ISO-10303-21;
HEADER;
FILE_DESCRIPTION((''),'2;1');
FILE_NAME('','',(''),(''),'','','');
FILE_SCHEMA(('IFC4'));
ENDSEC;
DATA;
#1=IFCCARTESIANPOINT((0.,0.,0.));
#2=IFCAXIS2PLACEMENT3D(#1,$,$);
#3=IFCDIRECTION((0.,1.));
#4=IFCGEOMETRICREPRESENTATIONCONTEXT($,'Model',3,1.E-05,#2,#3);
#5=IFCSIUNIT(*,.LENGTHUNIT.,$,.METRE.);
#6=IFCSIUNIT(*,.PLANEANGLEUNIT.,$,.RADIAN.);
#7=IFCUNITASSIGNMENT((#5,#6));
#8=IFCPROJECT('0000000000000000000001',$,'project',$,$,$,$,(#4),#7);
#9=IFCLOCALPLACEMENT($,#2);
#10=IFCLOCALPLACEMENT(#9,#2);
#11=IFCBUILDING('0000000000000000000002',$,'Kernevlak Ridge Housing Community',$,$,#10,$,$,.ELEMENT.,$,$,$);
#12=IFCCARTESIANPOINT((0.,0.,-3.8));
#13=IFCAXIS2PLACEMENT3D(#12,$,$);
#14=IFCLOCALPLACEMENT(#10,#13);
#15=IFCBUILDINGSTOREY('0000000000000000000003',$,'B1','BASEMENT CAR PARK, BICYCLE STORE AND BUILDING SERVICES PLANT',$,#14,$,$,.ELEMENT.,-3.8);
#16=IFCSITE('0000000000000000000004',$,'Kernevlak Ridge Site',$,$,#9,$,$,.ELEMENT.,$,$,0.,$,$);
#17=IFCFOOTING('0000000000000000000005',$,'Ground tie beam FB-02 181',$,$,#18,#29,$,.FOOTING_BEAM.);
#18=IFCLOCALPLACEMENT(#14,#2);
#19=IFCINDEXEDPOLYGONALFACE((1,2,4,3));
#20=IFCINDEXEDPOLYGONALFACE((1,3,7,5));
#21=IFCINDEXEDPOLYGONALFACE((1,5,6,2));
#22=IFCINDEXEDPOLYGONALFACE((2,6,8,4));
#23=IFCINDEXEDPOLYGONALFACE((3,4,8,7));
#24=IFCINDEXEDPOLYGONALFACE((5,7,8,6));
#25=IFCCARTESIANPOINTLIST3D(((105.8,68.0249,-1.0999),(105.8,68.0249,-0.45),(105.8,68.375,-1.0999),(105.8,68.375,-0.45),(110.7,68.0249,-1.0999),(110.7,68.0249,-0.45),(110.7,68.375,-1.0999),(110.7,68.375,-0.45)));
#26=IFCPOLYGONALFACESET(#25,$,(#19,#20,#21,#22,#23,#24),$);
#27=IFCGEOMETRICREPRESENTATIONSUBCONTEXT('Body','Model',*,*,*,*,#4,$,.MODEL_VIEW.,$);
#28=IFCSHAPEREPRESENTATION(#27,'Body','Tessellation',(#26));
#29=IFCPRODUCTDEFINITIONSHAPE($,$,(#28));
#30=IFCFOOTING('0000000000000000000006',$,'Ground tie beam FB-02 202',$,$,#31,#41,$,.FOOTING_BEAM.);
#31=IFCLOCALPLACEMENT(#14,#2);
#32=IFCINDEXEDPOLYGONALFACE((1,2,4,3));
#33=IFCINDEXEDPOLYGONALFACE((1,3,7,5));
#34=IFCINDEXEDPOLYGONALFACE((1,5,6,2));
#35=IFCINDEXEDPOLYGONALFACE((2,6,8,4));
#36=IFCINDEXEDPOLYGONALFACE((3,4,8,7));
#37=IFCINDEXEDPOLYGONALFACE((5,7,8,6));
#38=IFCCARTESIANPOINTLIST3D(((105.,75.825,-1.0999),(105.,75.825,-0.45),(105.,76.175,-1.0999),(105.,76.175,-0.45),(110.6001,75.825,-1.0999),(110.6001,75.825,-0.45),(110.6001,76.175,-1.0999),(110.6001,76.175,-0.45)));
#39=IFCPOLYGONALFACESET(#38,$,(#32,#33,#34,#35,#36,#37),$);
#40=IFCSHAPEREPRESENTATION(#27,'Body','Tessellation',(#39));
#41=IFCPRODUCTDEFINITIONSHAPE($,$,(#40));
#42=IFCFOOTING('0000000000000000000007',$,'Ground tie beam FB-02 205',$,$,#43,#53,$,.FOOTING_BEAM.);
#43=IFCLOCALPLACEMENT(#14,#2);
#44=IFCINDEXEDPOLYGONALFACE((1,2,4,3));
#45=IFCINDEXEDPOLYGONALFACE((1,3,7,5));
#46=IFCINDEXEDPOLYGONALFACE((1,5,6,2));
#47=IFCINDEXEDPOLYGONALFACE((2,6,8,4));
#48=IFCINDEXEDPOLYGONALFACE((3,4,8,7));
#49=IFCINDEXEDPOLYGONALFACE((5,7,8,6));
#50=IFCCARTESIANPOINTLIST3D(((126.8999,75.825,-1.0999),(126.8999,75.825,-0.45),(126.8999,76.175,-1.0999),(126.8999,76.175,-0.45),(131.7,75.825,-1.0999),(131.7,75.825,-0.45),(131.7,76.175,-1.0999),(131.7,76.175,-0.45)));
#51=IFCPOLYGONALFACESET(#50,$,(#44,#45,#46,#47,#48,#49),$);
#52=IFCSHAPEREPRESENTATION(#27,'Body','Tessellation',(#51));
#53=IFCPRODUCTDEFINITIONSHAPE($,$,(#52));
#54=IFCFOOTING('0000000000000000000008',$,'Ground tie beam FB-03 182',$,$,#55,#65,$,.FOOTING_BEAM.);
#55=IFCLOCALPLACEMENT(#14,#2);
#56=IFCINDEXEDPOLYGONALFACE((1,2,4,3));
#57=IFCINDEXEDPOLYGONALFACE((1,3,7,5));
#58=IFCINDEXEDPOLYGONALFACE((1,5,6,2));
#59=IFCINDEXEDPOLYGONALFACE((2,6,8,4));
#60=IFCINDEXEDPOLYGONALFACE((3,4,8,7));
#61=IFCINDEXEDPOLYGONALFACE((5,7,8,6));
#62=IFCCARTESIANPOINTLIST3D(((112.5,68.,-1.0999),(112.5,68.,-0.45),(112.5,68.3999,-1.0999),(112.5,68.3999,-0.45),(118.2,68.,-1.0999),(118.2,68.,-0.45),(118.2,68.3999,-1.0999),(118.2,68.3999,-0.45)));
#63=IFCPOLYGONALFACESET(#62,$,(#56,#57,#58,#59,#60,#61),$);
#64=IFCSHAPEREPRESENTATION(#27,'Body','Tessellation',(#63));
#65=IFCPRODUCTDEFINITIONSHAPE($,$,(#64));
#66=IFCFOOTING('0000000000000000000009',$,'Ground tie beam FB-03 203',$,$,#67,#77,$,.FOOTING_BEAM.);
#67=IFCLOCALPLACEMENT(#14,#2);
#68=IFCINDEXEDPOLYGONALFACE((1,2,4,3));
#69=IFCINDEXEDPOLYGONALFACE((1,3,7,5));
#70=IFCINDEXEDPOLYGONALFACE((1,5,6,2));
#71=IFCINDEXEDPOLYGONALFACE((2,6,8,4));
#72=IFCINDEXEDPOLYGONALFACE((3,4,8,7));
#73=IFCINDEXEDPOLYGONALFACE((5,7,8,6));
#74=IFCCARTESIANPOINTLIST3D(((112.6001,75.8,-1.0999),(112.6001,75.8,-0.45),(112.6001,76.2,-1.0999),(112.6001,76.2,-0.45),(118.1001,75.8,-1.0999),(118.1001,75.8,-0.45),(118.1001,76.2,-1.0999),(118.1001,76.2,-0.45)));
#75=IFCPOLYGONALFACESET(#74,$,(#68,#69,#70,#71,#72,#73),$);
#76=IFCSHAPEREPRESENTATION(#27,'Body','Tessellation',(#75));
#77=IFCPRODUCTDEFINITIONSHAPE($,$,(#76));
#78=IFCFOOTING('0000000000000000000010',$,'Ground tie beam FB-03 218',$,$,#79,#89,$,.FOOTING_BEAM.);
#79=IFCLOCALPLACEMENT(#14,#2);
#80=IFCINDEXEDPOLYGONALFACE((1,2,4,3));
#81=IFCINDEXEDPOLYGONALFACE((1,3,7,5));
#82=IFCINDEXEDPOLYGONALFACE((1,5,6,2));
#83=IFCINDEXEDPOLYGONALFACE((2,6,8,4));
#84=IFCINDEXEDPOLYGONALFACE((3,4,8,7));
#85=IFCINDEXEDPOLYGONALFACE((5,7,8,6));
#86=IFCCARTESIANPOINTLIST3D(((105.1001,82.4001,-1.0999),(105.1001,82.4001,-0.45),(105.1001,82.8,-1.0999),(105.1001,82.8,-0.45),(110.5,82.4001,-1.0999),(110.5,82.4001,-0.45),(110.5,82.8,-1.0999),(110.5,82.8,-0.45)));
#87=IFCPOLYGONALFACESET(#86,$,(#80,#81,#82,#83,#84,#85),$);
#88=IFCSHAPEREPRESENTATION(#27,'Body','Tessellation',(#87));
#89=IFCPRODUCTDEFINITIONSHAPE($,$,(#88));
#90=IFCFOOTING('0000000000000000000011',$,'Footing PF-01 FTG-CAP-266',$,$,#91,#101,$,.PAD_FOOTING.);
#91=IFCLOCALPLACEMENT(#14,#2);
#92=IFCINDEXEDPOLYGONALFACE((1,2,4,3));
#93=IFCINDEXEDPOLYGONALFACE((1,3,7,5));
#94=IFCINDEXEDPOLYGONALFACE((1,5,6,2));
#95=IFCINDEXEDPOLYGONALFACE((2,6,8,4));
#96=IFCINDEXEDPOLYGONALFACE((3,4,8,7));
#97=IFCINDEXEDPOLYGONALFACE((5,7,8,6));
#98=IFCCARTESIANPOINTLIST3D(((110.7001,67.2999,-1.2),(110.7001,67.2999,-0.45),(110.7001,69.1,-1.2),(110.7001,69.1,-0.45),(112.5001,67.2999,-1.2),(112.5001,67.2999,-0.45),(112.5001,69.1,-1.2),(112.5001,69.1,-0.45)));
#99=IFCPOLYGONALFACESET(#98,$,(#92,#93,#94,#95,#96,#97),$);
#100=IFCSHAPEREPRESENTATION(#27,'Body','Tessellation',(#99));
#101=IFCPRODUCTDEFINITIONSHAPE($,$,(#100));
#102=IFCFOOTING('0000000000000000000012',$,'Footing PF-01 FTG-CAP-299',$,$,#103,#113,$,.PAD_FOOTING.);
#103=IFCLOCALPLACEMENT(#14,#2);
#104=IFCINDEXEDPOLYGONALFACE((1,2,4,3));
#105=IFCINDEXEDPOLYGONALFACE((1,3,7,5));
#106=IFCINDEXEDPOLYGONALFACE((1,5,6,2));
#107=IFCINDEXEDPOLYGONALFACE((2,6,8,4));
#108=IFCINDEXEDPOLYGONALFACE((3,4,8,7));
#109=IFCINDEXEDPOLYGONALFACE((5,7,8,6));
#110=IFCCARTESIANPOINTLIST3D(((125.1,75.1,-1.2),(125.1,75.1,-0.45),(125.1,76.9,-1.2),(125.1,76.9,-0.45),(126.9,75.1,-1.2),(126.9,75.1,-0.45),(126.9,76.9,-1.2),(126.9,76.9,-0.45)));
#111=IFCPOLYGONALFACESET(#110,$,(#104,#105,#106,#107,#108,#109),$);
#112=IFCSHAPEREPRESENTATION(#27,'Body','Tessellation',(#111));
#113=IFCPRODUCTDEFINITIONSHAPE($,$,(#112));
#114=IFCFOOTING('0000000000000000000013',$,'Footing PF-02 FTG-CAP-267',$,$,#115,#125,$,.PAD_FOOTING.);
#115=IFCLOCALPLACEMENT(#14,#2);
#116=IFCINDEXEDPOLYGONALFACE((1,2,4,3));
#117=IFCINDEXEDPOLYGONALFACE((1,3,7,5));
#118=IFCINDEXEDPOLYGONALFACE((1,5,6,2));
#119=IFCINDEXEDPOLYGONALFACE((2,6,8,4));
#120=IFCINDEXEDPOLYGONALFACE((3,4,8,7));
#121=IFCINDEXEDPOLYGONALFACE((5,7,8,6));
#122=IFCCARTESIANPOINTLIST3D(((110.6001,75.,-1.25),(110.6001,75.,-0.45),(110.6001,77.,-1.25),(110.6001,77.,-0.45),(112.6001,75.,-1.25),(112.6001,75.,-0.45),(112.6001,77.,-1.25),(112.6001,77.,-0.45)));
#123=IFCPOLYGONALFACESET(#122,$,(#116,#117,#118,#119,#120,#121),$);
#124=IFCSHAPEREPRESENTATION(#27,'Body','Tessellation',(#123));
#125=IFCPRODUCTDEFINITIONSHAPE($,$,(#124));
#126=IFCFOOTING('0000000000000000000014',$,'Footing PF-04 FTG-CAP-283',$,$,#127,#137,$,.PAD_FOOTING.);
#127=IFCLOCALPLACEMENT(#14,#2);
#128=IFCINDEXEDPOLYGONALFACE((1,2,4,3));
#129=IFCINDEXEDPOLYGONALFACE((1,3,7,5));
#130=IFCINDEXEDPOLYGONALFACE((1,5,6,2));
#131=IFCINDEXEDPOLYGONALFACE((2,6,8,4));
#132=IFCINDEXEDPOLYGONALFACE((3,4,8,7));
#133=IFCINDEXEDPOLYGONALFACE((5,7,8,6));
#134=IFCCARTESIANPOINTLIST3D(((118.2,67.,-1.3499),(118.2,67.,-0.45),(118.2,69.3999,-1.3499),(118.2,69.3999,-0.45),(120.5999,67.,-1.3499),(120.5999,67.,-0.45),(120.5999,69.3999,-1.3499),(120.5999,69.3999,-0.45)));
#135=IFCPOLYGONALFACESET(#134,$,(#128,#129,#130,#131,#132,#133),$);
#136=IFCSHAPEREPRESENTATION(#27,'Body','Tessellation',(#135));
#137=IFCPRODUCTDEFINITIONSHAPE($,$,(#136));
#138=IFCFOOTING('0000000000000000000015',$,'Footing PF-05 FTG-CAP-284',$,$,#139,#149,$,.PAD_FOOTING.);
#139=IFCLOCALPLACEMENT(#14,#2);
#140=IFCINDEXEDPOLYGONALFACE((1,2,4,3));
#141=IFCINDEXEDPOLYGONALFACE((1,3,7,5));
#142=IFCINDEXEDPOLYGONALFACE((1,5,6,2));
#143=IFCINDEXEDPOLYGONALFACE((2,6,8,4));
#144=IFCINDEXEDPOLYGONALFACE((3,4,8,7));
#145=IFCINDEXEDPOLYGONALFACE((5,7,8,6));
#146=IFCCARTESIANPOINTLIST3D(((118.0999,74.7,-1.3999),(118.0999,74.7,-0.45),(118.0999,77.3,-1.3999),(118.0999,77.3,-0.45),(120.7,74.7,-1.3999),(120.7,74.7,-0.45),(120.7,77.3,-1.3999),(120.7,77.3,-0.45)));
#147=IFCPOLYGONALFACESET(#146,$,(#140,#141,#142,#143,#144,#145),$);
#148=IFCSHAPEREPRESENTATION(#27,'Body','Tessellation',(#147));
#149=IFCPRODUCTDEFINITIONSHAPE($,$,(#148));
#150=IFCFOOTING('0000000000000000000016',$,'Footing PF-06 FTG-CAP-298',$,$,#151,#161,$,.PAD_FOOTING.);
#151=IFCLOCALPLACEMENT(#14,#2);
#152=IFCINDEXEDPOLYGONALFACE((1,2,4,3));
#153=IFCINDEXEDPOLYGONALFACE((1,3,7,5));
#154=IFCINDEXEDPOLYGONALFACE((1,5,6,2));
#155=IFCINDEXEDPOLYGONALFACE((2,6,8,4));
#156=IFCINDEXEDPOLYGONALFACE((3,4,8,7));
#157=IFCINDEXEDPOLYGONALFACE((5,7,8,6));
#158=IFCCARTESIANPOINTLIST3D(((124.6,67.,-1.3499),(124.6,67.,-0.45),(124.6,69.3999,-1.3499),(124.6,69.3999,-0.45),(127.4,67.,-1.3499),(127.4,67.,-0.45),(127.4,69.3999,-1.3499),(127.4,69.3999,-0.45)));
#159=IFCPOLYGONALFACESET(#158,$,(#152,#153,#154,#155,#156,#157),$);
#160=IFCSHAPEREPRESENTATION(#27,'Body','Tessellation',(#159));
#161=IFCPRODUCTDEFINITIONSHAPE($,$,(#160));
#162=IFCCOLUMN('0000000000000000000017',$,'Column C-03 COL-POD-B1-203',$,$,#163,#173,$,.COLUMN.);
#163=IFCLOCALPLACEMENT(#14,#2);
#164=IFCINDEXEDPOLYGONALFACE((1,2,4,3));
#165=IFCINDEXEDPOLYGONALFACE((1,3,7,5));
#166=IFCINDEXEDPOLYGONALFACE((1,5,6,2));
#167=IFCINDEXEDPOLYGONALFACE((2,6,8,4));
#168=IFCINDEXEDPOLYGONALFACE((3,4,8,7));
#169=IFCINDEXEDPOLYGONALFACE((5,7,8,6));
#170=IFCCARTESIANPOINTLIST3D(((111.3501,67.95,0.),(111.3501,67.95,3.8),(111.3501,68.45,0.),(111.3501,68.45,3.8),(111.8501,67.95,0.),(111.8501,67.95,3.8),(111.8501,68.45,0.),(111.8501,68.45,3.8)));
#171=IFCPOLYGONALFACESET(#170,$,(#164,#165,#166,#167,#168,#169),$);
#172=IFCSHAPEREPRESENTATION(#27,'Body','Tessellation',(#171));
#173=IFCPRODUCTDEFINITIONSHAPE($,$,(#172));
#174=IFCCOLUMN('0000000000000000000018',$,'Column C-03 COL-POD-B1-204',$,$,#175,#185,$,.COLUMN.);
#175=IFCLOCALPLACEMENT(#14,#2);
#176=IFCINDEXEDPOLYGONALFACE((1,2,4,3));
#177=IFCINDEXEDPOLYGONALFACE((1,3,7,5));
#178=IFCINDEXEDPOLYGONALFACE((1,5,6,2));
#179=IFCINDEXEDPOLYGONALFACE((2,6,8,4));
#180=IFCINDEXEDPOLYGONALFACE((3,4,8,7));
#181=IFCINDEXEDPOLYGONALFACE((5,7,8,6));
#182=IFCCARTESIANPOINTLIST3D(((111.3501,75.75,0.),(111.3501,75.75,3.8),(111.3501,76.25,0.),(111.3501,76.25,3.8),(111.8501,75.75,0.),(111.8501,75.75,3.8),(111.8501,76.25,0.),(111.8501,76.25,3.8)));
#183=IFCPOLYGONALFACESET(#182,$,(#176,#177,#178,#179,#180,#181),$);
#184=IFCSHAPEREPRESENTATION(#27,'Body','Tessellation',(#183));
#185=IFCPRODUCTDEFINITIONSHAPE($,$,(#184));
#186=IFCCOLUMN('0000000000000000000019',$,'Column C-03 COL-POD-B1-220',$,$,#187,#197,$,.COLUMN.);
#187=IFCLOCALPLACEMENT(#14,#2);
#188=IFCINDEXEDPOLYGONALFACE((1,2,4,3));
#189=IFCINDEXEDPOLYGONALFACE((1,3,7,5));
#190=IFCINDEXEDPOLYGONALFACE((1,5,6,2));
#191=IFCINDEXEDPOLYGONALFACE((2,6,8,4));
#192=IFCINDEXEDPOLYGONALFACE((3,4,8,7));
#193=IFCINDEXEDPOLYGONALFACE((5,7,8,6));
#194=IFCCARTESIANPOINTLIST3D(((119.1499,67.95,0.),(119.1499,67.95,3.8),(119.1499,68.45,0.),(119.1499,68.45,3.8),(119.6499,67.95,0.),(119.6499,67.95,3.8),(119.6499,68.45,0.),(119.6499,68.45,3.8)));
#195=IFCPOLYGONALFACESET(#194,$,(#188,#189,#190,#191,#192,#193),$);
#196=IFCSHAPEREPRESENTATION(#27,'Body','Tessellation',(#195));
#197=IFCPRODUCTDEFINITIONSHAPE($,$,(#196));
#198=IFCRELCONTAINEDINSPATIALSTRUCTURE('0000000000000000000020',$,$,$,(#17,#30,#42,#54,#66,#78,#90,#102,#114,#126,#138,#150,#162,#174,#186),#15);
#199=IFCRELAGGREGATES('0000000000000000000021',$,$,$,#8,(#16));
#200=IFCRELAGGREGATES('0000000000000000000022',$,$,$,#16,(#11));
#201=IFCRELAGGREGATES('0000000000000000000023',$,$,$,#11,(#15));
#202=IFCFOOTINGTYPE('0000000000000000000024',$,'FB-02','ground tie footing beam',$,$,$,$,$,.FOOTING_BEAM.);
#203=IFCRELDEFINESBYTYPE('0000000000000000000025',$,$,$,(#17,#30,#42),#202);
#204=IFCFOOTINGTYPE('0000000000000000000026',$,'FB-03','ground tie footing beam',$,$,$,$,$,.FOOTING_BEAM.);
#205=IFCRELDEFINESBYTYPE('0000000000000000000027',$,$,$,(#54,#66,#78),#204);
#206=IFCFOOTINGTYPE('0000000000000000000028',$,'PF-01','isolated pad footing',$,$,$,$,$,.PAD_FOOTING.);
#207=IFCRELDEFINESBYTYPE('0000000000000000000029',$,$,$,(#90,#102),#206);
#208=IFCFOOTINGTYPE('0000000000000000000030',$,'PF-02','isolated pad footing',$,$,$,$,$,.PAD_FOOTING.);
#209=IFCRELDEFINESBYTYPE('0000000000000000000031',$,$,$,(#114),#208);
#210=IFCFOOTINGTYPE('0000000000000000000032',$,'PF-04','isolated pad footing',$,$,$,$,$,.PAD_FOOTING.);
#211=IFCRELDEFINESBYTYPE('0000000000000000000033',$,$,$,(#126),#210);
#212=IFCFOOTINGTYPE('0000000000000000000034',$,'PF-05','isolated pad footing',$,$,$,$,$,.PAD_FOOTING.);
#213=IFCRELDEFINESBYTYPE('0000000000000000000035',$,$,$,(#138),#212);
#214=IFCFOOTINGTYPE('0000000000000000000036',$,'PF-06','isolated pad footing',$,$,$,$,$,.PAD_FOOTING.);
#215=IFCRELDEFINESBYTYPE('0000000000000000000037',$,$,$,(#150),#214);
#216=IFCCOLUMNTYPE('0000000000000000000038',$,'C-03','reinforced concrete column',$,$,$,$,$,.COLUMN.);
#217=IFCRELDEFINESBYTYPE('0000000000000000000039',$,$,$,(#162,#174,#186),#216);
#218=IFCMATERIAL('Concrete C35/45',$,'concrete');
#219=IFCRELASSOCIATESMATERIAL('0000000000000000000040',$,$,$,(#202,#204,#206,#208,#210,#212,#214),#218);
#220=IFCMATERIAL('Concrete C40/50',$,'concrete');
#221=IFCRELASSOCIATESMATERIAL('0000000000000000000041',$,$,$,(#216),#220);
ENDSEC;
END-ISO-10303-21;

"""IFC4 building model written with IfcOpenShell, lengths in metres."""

from ifc_helpers import new_model, si_unit, direction, frame, origin, origin_2d, place, context, subcontext, project, spatial, rectangle, extrude, material, material_profile, profile_set, type_object, element, save


model = new_model("IFC4")

# Units and contexts
model_context = context("Model", 3, precision=1e-05, world=origin(), true_north=direction((0.0, 1.0)))
body_context = subcontext(model_context, "Body", "Model", "MODEL_VIEW")
ifc_project = project(units=[si_unit("LENGTHUNIT", "METRE"), si_unit("PLANEANGLEUNIT", "RADIAN")], contexts=[model_context])

# Site, building, storey
site_placement = place(None, origin())
site = spatial("IfcSite", under=ifc_project, at=site_placement, Name="Kernevlak Ridge Site", CompositionType="ELEMENT", RefElevation=0.0)
building_placement = place(site_placement, origin())
building = spatial("IfcBuilding", under=site, at=building_placement, Name="Kernevlak Ridge Housing Community", CompositionType="ELEMENT")
storey_placement = place(building_placement, frame((0.0, 0.0, -3.8)))
storey = spatial("IfcBuildingStorey", under=building, at=storey_placement, Name="B1", Description="BASEMENT CAR PARK, BICYCLE STORE AND BUILDING SERVICES PLANT", CompositionType="ELEMENT", Elevation=-3.8)

# Shared definitions
ifc_material_1 = material(Name="Concrete C35/45", Category="concrete")

# Footings
ifc_material_profile_1 = material_profile(ifc_material_1, rectangle(XDim=0.3501, YDim=0.6499, at=origin_2d()), Name="RC 350x650")
ifc_profile_set_1 = profile_set([ifc_material_profile_1], Name="Concrete C35/45")
footing_type_1 = type_object("IfcFootingType", Name="FB-02", Description="ground tie footing beam", PredefinedType="FOOTING_BEAM", material=ifc_profile_set_1)
footing_1_placement = place(storey_placement, frame((105.8, 68.2, -0.7749), z_axis=(1.0, 0.0, 0.0), x_axis=(0.0, 1.0, 0.0)))
element("IfcFooting", 1, at=footing_1_placement, inside=storey, type_object=footing_type_1, Name="Ground tie beam FB-02 181", PredefinedType="FOOTING_BEAM", context=body_context, shape_type="SweptSolid", body=[
    extrude(rectangle(XDim=0.3501, YDim=0.6499, at=origin_2d()), origin(), (0.0, 0.0, 1.0), 4.8999),
])
footing_2_placement = place(storey_placement, frame((105.0, 76.0, -0.7749), z_axis=(1.0, 0.0, 0.0), x_axis=(0.0, 1.0, 0.0)))
element("IfcFooting", 2, at=footing_2_placement, inside=storey, type_object=footing_type_1, Name="Ground tie beam FB-02 202", PredefinedType="FOOTING_BEAM", context=body_context, shape_type="SweptSolid", body=[
    extrude(rectangle(XDim=0.3501, YDim=0.6499, at=origin_2d()), origin(), (0.0, 0.0, 1.0), 5.6001),
])
footing_3_placement = place(storey_placement, frame((126.8999, 76.0, -0.7749), z_axis=(1.0, 0.0, 0.0), x_axis=(0.0, 1.0, 0.0)))
element("IfcFooting", 3, at=footing_3_placement, inside=storey, type_object=footing_type_1, Name="Ground tie beam FB-02 205", PredefinedType="FOOTING_BEAM", context=body_context, shape_type="SweptSolid", body=[
    extrude(rectangle(XDim=0.3501, YDim=0.6499, at=origin_2d()), origin(), (0.0, 0.0, 1.0), 4.8),
])
ifc_material_profile_2 = material_profile(ifc_material_1, rectangle(XDim=0.3999, YDim=0.6499, at=origin_2d()), Name="RC 400x650")
ifc_profile_set_2 = profile_set([ifc_material_profile_2], Name="Concrete C35/45")
footing_type_2 = type_object("IfcFootingType", Name="FB-03", Description="ground tie footing beam", PredefinedType="FOOTING_BEAM", material=ifc_profile_set_2)
footing_4_placement = place(storey_placement, frame((112.5, 68.2, -0.7749), z_axis=(1.0, 0.0, 0.0), x_axis=(0.0, 1.0, 0.0)))
element("IfcFooting", 4, at=footing_4_placement, inside=storey, type_object=footing_type_2, Name="Ground tie beam FB-03 182", PredefinedType="FOOTING_BEAM", context=body_context, shape_type="SweptSolid", body=[
    extrude(rectangle(XDim=0.3999, YDim=0.6499, at=origin_2d()), origin(), (0.0, 0.0, 1.0), 5.7),
])
footing_5_placement = place(storey_placement, frame((112.6001, 76.0, -0.7749), z_axis=(1.0, 0.0, 0.0), x_axis=(0.0, 1.0, 0.0)))
element("IfcFooting", 5, at=footing_5_placement, inside=storey, type_object=footing_type_2, Name="Ground tie beam FB-03 203", PredefinedType="FOOTING_BEAM", context=body_context, shape_type="SweptSolid", body=[
    extrude(rectangle(XDim=0.3999, YDim=0.6499, at=origin_2d()), origin(), (0.0, 0.0, 1.0), 5.5),
])
footing_6_placement = place(storey_placement, frame((105.1001, 82.6001, -0.7749), z_axis=(1.0, 0.0, 0.0), x_axis=(0.0, 1.0, 0.0)))
element("IfcFooting", 6, at=footing_6_placement, inside=storey, type_object=footing_type_2, Name="Ground tie beam FB-03 218", PredefinedType="FOOTING_BEAM", context=body_context, shape_type="SweptSolid", body=[
    extrude(rectangle(XDim=0.3999, YDim=0.6499, at=origin_2d()), origin(), (0.0, 0.0, 1.0), 5.3999),
])
footing_type_3 = type_object("IfcFootingType", Name="PF-01", Description="isolated pad footing", PredefinedType="PAD_FOOTING", material=ifc_material_1)
for number, where, z_axis, x_axis, name in (
    (7, (111.6001, 68.2, -1.2), (0.0, 0.0, 1.0), (1.0, 0.0, 0.0), "Footing PF-01 FTG-CAP-266"),
    (8, (126.0, 76.0, -1.2), (0.0, 0.0, 1.0), (1.0, 0.0, 0.0), "Footing PF-01 FTG-CAP-299"),
):
    element("IfcFooting", number, at=place(storey_placement, frame(where, z_axis=z_axis, x_axis=x_axis)), inside=storey, type_object=footing_type_3, Name=name, PredefinedType="PAD_FOOTING", context=body_context, shape_type="SweptSolid", body=[
        extrude(rectangle(XDim=1.8, YDim=1.8, at=origin_2d()), origin(), (0.0, 0.0, 1.0), 0.75),
    ])
footing_type_4 = type_object("IfcFootingType", Name="PF-02", Description="isolated pad footing", PredefinedType="PAD_FOOTING", material=ifc_material_1)
footing_7_placement = place(storey_placement, frame((111.6001, 76.0, -1.25), z_axis=(0.0, 0.0, 1.0), x_axis=(1.0, 0.0, 0.0)))
element("IfcFooting", 9, at=footing_7_placement, inside=storey, type_object=footing_type_4, Name="Footing PF-02 FTG-CAP-267", PredefinedType="PAD_FOOTING", context=body_context, shape_type="SweptSolid", body=[
    extrude(rectangle(XDim=2.0, YDim=2.0, at=origin_2d()), origin(), (0.0, 0.0, 1.0), 0.8),
])
footing_type_5 = type_object("IfcFootingType", Name="PF-04", Description="isolated pad footing", PredefinedType="PAD_FOOTING", material=ifc_material_1)
footing_8_placement = place(storey_placement, frame((119.3999, 68.2, -1.3499), z_axis=(0.0, 0.0, 1.0), x_axis=(1.0, 0.0, 0.0)))
element("IfcFooting", 10, at=footing_8_placement, inside=storey, type_object=footing_type_5, Name="Footing PF-04 FTG-CAP-283", PredefinedType="PAD_FOOTING", context=body_context, shape_type="SweptSolid", body=[
    extrude(rectangle(XDim=2.3999, YDim=2.3999, at=origin_2d()), origin(), (0.0, 0.0, 1.0), 0.8999),
])
footing_type_6 = type_object("IfcFootingType", Name="PF-05", Description="isolated pad footing", PredefinedType="PAD_FOOTING", material=ifc_material_1)
footing_9_placement = place(storey_placement, frame((119.3999, 76.0, -1.3999), z_axis=(0.0, 0.0, 1.0), x_axis=(1.0, 0.0, 0.0)))
element("IfcFooting", 11, at=footing_9_placement, inside=storey, type_object=footing_type_6, Name="Footing PF-05 FTG-CAP-284", PredefinedType="PAD_FOOTING", context=body_context, shape_type="SweptSolid", body=[
    extrude(rectangle(XDim=2.6001, YDim=2.6001, at=origin_2d()), origin(), (0.0, 0.0, 1.0), 0.95),
])
footing_type_7 = type_object("IfcFootingType", Name="PF-06", Description="isolated pad footing", PredefinedType="PAD_FOOTING", material=ifc_material_1)
footing_10_placement = place(storey_placement, frame((126.0, 68.2, -1.3499), z_axis=(0.0, 0.0, 1.0), x_axis=(1.0, 0.0, 0.0)))
element("IfcFooting", 12, at=footing_10_placement, inside=storey, type_object=footing_type_7, Name="Footing PF-06 FTG-CAP-298", PredefinedType="PAD_FOOTING", context=body_context, shape_type="SweptSolid", body=[
    extrude(rectangle(XDim=2.8, YDim=2.3999, at=origin_2d()), origin(), (0.0, 0.0, 1.0), 0.8999),
])

# Columns
ifc_material_2 = material(Name="Concrete C40/50", Category="concrete")
ifc_material_profile_3 = material_profile(ifc_material_2, rectangle(XDim=0.5, YDim=0.5, at=origin_2d()), Name="RC 500x500")
ifc_profile_set_3 = profile_set([ifc_material_profile_3], Name="Concrete C40/50")
column_type = type_object("IfcColumnType", Name="C-03", Description="reinforced concrete column", PredefinedType="COLUMN", material=ifc_profile_set_3)
for number, where, z_axis, x_axis, name in (
    (13, (111.6001, 68.2, 0.0), (0.0, 0.0, 1.0), (1.0, 0.0, 0.0), "Column C-03 COL-POD-B1-203"),
    (14, (111.6001, 76.0, 0.0), (0.0, 0.0, 1.0), (1.0, 0.0, 0.0), "Column C-03 COL-POD-B1-204"),
    (15, (119.3999, 68.2, 0.0), (0.0, 0.0, 1.0), (1.0, 0.0, 0.0), "Column C-03 COL-POD-B1-220"),
):
    element("IfcColumn", number, at=place(storey_placement, frame(where, z_axis=z_axis, x_axis=x_axis)), inside=storey, type_object=column_type, Name=name, PredefinedType="COLUMN", context=body_context, shape_type="SweptSolid", body=[
        extrude(rectangle(XDim=0.5, YDim=0.5, at=origin_2d()), origin(), (0.0, 0.0, 1.0), 3.8),
    ])

save(model, "model.ifc")
